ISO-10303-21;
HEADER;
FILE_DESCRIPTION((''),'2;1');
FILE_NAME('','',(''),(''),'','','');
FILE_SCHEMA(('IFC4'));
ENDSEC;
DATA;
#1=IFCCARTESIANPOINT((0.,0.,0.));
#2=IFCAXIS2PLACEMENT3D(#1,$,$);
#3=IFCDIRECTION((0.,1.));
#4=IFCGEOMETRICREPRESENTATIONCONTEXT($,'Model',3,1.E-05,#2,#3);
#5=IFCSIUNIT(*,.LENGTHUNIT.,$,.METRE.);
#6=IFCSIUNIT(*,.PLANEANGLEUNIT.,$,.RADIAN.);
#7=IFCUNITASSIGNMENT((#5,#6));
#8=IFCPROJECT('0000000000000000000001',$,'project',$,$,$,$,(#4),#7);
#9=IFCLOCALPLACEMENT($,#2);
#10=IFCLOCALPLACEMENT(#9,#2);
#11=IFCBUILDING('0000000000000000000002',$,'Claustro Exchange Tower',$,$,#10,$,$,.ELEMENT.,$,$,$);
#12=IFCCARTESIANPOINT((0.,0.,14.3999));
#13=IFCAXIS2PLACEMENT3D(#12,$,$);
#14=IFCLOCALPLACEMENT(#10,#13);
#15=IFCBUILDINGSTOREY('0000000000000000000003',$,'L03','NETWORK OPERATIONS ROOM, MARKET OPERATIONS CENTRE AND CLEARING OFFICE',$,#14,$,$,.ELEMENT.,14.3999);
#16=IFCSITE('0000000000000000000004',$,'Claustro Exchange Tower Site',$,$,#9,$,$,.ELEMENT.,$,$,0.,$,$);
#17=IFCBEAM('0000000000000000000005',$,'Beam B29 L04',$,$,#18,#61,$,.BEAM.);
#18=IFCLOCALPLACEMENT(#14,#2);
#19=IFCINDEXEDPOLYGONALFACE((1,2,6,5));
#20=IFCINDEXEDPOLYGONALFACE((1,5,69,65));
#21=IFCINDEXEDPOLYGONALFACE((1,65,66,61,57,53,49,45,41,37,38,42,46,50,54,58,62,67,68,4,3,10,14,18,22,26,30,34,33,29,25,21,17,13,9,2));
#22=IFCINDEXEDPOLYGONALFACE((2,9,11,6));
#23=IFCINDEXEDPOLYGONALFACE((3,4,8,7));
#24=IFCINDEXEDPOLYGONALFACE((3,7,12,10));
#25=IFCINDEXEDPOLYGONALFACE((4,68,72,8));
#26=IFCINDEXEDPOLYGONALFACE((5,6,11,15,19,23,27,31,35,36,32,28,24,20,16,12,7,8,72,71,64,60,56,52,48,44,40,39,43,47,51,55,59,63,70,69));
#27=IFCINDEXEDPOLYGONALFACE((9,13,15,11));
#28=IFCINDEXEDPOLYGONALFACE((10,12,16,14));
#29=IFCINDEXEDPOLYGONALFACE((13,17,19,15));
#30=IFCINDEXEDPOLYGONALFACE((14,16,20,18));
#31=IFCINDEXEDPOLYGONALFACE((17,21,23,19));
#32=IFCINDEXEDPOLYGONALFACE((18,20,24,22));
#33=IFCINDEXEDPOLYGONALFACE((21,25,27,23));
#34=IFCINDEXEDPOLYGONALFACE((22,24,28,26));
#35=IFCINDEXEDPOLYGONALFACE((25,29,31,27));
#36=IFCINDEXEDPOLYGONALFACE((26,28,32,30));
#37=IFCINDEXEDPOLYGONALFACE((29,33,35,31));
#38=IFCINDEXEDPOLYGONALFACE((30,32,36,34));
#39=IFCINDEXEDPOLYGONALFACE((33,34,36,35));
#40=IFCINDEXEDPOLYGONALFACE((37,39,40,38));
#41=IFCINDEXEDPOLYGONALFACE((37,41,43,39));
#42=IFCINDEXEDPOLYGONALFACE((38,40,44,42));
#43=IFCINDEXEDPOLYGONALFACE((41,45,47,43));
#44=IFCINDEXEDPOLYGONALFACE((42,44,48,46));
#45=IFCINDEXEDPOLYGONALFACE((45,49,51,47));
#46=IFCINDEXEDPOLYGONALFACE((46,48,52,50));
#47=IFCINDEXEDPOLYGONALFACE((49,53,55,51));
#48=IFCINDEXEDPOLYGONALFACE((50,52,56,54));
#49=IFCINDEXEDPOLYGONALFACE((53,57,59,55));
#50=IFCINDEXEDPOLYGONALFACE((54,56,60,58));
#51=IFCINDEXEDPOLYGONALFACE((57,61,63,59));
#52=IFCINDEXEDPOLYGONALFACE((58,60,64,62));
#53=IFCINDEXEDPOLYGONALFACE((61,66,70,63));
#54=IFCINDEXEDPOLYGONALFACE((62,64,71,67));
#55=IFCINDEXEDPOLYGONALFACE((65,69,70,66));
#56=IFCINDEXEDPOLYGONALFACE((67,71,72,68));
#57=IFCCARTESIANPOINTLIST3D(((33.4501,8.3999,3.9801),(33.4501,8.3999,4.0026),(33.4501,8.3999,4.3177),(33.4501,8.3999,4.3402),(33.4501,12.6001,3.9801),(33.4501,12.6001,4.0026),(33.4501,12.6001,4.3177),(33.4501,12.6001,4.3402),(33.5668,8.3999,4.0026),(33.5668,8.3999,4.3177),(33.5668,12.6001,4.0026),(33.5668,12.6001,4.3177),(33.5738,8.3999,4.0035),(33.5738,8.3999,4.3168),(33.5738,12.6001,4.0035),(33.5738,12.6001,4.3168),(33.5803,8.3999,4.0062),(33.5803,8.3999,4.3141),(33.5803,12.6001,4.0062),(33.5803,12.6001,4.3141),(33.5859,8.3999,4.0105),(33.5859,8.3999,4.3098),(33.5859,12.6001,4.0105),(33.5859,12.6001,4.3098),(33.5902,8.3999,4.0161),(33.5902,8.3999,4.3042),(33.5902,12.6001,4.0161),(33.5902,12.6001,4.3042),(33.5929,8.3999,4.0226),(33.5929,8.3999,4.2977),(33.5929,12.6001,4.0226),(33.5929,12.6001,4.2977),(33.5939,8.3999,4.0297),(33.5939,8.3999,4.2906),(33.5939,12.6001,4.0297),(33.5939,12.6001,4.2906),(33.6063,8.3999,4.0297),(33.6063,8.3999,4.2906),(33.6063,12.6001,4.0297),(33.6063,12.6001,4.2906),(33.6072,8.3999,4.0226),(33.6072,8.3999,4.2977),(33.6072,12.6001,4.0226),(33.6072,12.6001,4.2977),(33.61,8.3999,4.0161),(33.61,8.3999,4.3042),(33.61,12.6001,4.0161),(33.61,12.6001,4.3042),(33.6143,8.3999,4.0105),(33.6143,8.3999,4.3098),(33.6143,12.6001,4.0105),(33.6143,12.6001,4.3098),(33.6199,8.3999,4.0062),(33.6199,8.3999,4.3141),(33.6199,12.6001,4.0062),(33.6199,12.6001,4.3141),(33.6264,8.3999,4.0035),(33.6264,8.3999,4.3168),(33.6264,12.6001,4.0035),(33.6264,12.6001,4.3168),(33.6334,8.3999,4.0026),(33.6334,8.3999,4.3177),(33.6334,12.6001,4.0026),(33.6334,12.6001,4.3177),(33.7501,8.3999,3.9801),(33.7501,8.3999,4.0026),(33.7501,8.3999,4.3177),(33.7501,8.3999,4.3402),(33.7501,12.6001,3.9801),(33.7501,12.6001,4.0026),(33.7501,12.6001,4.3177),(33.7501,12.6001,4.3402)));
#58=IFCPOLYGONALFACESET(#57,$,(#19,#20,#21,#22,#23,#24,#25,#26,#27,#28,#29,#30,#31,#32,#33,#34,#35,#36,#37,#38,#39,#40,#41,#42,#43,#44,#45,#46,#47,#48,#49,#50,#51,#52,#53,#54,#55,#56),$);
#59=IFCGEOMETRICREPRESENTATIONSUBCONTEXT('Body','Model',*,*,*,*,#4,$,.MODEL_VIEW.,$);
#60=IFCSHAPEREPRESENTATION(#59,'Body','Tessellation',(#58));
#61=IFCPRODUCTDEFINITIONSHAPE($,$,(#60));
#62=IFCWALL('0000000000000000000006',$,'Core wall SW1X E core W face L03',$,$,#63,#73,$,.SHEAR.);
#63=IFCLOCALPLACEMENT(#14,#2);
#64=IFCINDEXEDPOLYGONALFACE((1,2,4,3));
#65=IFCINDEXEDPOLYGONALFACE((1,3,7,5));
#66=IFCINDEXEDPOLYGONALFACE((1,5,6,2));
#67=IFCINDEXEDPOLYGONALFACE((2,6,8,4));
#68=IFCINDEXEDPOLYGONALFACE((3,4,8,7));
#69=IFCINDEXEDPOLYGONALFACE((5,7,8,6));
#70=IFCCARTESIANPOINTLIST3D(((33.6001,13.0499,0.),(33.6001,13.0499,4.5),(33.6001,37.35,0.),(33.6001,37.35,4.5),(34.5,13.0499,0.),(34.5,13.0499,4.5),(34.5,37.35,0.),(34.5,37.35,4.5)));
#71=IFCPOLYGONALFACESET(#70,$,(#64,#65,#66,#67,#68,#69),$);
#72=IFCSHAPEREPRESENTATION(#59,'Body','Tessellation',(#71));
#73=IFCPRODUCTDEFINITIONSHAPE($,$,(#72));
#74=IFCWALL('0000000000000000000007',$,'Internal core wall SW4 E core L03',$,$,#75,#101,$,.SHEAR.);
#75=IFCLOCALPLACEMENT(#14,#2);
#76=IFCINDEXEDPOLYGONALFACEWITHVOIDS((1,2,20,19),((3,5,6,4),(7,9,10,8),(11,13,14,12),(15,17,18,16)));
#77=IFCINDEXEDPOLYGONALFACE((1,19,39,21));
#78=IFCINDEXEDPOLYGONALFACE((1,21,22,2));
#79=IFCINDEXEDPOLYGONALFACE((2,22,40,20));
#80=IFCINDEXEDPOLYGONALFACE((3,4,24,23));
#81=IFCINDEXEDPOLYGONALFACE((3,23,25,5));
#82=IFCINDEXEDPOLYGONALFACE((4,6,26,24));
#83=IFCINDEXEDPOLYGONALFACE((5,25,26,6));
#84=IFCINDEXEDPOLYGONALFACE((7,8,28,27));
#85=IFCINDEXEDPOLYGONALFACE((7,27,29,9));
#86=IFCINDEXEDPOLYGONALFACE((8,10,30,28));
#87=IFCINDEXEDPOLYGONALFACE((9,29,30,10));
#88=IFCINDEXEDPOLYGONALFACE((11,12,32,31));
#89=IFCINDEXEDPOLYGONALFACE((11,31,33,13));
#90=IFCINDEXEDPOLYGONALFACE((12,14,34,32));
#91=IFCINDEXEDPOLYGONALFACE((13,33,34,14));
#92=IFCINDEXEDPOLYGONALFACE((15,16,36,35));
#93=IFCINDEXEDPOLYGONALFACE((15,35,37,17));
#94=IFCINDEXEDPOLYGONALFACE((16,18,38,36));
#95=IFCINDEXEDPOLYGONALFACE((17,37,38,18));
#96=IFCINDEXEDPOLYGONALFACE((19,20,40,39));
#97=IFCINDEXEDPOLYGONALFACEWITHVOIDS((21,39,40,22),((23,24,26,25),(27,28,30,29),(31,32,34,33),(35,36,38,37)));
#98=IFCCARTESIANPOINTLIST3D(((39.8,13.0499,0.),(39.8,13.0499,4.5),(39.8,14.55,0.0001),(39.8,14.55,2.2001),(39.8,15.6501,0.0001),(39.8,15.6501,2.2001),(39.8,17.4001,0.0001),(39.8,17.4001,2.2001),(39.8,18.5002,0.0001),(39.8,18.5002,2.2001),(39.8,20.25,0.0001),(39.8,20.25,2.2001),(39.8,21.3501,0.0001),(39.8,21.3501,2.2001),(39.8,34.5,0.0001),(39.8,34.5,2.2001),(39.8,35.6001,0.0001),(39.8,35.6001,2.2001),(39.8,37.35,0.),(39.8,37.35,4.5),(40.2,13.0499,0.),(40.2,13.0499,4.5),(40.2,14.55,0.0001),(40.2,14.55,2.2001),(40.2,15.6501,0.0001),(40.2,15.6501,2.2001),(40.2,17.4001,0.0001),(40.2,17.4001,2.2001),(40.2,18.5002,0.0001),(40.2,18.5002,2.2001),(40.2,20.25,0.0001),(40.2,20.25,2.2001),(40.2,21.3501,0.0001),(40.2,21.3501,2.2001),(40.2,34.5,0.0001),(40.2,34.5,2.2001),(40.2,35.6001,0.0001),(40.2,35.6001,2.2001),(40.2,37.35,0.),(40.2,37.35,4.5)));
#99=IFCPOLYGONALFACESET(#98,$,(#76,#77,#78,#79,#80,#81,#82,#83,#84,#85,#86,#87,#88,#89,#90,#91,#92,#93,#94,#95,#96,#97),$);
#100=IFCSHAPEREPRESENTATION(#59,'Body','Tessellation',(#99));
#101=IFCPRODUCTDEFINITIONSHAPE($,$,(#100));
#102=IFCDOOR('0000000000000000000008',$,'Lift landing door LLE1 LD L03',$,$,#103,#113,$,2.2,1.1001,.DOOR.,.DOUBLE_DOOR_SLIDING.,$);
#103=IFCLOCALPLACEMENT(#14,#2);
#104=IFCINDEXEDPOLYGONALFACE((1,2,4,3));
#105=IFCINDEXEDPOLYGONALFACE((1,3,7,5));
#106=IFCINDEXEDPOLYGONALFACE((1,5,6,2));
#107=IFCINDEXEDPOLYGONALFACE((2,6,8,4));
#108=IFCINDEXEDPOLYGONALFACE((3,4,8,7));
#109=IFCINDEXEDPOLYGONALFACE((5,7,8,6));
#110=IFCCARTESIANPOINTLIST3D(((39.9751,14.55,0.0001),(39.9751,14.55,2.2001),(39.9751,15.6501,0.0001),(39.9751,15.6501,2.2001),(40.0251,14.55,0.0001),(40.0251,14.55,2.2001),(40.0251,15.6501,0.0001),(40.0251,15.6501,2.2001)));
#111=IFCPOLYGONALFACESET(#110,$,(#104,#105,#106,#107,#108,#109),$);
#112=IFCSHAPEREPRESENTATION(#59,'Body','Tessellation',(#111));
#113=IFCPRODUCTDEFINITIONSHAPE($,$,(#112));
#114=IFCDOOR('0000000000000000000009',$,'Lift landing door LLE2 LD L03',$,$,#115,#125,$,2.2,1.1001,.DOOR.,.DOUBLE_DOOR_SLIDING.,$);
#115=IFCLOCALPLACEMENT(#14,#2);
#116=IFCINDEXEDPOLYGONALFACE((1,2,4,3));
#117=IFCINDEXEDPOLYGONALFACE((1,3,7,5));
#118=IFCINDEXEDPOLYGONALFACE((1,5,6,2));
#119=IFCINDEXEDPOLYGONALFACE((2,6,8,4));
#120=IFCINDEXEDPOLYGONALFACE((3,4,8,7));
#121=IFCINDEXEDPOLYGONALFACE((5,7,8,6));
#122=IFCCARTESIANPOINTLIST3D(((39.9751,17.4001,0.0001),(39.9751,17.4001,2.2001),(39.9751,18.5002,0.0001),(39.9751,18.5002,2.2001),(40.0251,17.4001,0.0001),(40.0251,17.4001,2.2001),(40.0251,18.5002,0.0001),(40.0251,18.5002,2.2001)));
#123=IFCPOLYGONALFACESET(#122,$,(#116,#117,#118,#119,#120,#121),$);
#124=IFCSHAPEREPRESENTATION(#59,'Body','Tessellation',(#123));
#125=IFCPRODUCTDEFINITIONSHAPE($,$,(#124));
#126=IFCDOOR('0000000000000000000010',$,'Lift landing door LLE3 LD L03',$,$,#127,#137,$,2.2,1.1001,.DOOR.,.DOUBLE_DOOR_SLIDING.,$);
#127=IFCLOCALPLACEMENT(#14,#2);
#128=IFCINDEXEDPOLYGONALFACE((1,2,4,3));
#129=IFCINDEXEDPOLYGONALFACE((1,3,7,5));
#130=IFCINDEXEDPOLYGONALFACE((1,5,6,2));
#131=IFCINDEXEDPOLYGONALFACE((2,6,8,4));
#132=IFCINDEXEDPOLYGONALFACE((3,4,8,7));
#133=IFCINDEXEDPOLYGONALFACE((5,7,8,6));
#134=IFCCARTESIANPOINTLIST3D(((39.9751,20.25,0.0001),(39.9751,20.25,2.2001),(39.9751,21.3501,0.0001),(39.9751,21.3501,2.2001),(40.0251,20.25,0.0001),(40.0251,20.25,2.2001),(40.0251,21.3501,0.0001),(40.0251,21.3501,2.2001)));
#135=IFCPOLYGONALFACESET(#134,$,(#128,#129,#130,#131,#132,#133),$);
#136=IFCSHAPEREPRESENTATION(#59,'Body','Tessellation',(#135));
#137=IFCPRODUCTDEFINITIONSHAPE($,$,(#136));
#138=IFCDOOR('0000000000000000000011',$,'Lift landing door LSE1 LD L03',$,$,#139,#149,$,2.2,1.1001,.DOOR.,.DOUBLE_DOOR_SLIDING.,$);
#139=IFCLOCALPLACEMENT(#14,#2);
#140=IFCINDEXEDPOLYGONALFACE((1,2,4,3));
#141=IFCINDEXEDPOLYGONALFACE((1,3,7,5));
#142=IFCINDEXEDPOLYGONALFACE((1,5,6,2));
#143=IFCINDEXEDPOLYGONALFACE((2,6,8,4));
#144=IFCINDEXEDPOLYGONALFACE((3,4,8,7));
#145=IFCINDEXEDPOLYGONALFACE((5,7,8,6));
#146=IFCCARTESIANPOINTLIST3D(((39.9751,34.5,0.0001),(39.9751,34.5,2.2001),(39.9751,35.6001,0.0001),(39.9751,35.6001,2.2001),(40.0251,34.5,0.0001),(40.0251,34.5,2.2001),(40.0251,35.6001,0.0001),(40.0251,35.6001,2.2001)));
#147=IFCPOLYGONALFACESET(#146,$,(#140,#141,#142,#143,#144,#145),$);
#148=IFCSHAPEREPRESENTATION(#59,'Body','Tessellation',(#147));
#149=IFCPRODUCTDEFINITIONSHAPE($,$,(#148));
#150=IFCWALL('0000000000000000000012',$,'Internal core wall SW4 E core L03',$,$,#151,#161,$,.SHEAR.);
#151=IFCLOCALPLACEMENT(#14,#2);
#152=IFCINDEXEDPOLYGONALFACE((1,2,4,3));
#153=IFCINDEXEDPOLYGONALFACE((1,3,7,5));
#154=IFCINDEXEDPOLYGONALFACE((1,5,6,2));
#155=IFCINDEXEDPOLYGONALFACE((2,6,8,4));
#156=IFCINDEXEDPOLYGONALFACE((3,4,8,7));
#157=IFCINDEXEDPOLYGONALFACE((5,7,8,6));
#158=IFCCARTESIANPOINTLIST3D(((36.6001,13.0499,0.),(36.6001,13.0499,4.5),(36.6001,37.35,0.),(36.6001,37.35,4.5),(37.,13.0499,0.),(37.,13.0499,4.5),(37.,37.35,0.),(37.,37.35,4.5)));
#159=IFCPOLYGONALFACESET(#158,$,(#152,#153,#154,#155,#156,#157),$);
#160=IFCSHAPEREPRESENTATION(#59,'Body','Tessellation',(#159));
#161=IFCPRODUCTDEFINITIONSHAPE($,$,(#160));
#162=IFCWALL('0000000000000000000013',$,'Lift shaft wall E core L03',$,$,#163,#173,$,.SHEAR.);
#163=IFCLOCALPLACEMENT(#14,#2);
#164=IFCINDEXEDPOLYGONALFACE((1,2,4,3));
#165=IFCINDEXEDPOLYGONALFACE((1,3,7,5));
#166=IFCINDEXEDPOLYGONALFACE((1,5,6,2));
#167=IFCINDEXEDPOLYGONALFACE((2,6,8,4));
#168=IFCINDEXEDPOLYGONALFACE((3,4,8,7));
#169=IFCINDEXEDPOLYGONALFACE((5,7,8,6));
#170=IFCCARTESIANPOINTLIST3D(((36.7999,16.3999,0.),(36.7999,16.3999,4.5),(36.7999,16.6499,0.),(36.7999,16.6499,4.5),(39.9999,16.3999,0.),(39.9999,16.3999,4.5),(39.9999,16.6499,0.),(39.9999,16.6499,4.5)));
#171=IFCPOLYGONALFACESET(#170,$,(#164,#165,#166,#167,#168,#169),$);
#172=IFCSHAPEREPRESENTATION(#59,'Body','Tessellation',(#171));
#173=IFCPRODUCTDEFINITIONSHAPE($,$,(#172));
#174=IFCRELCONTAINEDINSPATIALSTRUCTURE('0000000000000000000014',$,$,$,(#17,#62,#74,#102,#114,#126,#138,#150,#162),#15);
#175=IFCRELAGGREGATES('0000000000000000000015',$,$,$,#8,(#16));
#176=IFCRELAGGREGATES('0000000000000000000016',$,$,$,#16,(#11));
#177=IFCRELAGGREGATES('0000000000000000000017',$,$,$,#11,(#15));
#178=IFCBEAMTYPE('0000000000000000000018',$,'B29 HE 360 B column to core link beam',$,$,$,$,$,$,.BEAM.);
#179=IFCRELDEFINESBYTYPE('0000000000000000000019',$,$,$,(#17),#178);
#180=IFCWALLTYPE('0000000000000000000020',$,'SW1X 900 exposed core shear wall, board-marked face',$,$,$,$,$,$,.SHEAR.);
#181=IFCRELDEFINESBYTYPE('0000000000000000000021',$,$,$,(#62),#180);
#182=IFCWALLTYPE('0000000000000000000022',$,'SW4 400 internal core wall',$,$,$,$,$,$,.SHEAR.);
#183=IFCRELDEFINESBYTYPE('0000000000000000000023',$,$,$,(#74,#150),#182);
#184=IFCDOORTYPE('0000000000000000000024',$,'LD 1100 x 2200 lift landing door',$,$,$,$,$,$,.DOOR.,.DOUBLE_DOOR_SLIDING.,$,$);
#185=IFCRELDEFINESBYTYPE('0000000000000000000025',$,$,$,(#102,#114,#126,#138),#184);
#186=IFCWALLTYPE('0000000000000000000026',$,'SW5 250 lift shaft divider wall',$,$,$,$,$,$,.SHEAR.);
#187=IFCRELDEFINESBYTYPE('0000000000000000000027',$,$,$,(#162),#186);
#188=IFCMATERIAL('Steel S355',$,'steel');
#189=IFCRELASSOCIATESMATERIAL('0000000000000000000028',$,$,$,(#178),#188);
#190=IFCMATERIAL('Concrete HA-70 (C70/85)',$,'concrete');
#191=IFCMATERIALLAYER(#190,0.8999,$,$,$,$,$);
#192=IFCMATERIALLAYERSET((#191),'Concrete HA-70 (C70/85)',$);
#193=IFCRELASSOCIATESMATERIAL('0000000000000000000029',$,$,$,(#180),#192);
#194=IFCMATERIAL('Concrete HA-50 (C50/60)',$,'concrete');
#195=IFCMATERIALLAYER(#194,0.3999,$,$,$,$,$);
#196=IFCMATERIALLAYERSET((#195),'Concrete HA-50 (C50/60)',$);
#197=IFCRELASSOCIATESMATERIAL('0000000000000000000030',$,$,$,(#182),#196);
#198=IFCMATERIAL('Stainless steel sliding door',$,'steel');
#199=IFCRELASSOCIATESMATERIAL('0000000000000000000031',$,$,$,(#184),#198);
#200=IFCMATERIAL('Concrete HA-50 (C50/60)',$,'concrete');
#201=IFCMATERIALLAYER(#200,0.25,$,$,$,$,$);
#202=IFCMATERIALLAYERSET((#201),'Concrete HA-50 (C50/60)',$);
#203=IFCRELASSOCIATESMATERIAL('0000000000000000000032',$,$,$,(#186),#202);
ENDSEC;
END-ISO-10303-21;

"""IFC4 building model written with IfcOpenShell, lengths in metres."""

from ifc_helpers import new_model, si_unit, direction, frame, frame_2d, origin, origin_2d, place, context, subcontext, project, spatial, rectangle, i_section, extrude, material, layer, layer_set, material_profile, profile_set, type_object, element, fill, save


model = new_model("IFC4")

# Units and contexts
model_context = context("Model", 3, precision=1e-05, world=origin(), true_north=direction((0.0, 1.0)))
body_context = subcontext(model_context, "Body", "Model", "MODEL_VIEW")
ifc_project = project(units=[si_unit("LENGTHUNIT", "METRE"), si_unit("PLANEANGLEUNIT", "RADIAN")], contexts=[model_context])

# Site, building, storey
site_placement = place(None, origin())
site = spatial("IfcSite", under=ifc_project, at=site_placement, Name="Claustro Exchange Tower Site", CompositionType="ELEMENT", RefElevation=0.0)
building_placement = place(site_placement, origin())
building = spatial("IfcBuilding", under=site, at=building_placement, Name="Claustro Exchange Tower", CompositionType="ELEMENT")
storey_placement = place(building_placement, frame((0.0, 0.0, 14.3999)))
storey = spatial("IfcBuildingStorey", under=building, at=storey_placement, Name="L03", Description="NETWORK OPERATIONS ROOM, MARKET OPERATIONS CENTRE AND CLEARING OFFICE", CompositionType="ELEMENT", Elevation=14.3999)

# Beam
ifc_material_1 = material(Name="Steel S355", Category="steel")
ifc_material_profile_1 = material_profile(ifc_material_1, i_section(OverallWidth=0.3, OverallDepth=0.3601, WebThickness=0.0125, FlangeThickness=0.0225, FilletRadius=0.0271, at=origin_2d()), Name="HE 360 B")
ifc_profile_set_1 = profile_set([ifc_material_profile_1], Name="Steel S355")
beam_type_1 = type_object("IfcBeamType", Name="B29 HE 360 B column to core link beam", PredefinedType="BEAM", material=ifc_profile_set_1)
beam_1_placement = place(storey_placement, frame((33.6001, 8.3999, 4.1602), z_axis=(0.0, 1.0, 0.0), x_axis=(-1.0, 0.0, 0.0)))
element("IfcBeam", 1, at=beam_1_placement, inside=storey, type_object=beam_type_1, Name="Beam B29 L04", PredefinedType="BEAM", context=body_context, shape_type="SweptSolid", body=[
    extrude(i_section(OverallWidth=0.3, OverallDepth=0.3601, WebThickness=0.0125, FlangeThickness=0.0225, FilletRadius=0.0271, at=origin_2d()), origin(), (0.0, 0.0, 1.0), 4.2002),
])

# Wall
ifc_material_2 = material(Name="Concrete HA-70 (C70/85)", Category="concrete")
ifc_layer_1 = layer(ifc_material_2, 0.8999)
ifc_layer_set_1 = layer_set([ifc_layer_1], Name="Concrete HA-70 (C70/85)")
wall_type_1 = type_object("IfcWallType", Name="SW1X 900 exposed core shear wall, board-marked face", PredefinedType="SHEAR", material=ifc_layer_set_1)
wall_1_placement = place(storey_placement, frame((34.05, 13.05, 0.0), z_axis=(0.0, 0.0, 1.0), x_axis=(0.0, 1.0, 0.0)))
element("IfcWall", 2, at=wall_1_placement, inside=storey, type_object=wall_type_1, Name="Core wall SW1X E core W face L03", PredefinedType="SHEAR", context=body_context, shape_type="SweptSolid", body=[
    extrude(rectangle(XDim=24.3, YDim=0.8999, at=frame_2d((12.1499, 0.0))), origin(), (0.0, 0.0, 1.0), 4.5),
])

# Wall, openings, doors
ifc_material_3 = material(Name="Concrete HA-50 (C50/60)", Category="concrete")
ifc_layer_2 = layer(ifc_material_3, 0.3999)
ifc_layer_set_2 = layer_set([ifc_layer_2], Name="Concrete HA-50 (C50/60)")
wall_type_2 = type_object("IfcWallType", Name="SW4 400 internal core wall", PredefinedType="SHEAR", material=ifc_layer_set_2)
wall_2_placement = place(storey_placement, frame((40.0, 13.05, 0.0), z_axis=(0.0, 0.0, 1.0), x_axis=(0.0, 1.0, 0.0)))
wall_2 = element("IfcWall", 3, at=wall_2_placement, inside=storey, type_object=wall_type_2, Name="Internal core wall SW4 E core L03", PredefinedType="SHEAR", context=body_context, shape_type="SweptSolid", body=[
    extrude(rectangle(XDim=24.3, YDim=0.3999, at=frame_2d((12.1499, 0.0))), origin(), (0.0, 0.0, 1.0), 4.5),
])
opening_1_placement = place(wall_2_placement, frame((1.5, 0.0, 0.0)))
opening_1 = element("IfcOpeningElement", 4, at=opening_1_placement, cuts=wall_2, PredefinedType="OPENING", context=body_context, shape_type="SweptSolid", body=[
    extrude(rectangle(XDim=1.1001, YDim=2.2, at=frame_2d((0.55, 1.1001))), frame((0.0, 0.21, 0.0), z_axis=(0.0, -1.0, 0.0), x_axis=(1.0, 0.0, 0.0)), (0.0, 0.0, 1.0), 0.4199),
])
opening_2_placement = place(wall_2_placement, frame((4.3501, 0.0, 0.0)))
opening_2 = element("IfcOpeningElement", 5, at=opening_2_placement, cuts=wall_2, PredefinedType="OPENING", context=body_context, shape_type="SweptSolid", body=[
    extrude(rectangle(XDim=1.1001, YDim=2.2, at=frame_2d((0.55, 1.1001))), frame((0.0, 0.21, 0.0), z_axis=(0.0, -1.0, 0.0), x_axis=(1.0, 0.0, 0.0)), (0.0, 0.0, 1.0), 0.4199),
])
opening_3_placement = place(wall_2_placement, frame((7.2, 0.0, 0.0)))
opening_3 = element("IfcOpeningElement", 6, at=opening_3_placement, cuts=wall_2, PredefinedType="OPENING", context=body_context, shape_type="SweptSolid", body=[
    extrude(rectangle(XDim=1.1001, YDim=2.2, at=frame_2d((0.55, 1.1001))), frame((0.0, 0.21, 0.0), z_axis=(0.0, -1.0, 0.0), x_axis=(1.0, 0.0, 0.0)), (0.0, 0.0, 1.0), 0.4199),
])
opening_4_placement = place(wall_2_placement, frame((21.45, 0.0, 0.0)))
opening_4 = element("IfcOpeningElement", 7, at=opening_4_placement, cuts=wall_2, PredefinedType="OPENING", context=body_context, shape_type="SweptSolid", body=[
    extrude(rectangle(XDim=1.1001, YDim=2.2, at=frame_2d((0.55, 1.1001))), frame((0.0, 0.21, 0.0), z_axis=(0.0, -1.0, 0.0), x_axis=(1.0, 0.0, 0.0)), (0.0, 0.0, 1.0), 0.4199),
])
ifc_material_4 = material(Name="Stainless steel sliding door", Category="steel")
door_type_1 = type_object("IfcDoorType", Name="LD 1100 x 2200 lift landing door", OperationType="DOUBLE_DOOR_SLIDING", PredefinedType="DOOR", material=ifc_material_4)
door_1_placement = place(opening_1_placement, origin())
door_1 = element("IfcDoor", 8, at=door_1_placement, inside=storey, type_object=door_type_1, Name="Lift landing door LLE1 LD L03", OperationType="DOUBLE_DOOR_SLIDING", OverallHeight=2.2, OverallWidth=1.1001, PredefinedType="DOOR", context=body_context, shape_type="SweptSolid", body=[
    extrude(rectangle(XDim=1.1001, YDim=2.2, at=frame_2d((0.55, 1.1001))), frame((0.0, 0.0249, 0.0), z_axis=(0.0, -1.0, 0.0), x_axis=(1.0, 0.0, 0.0)), (0.0, 0.0, 1.0), 0.05),
])
fill(opening_1, door_1)
door_2_placement = place(opening_2_placement, origin())
door_2 = element("IfcDoor", 9, at=door_2_placement, inside=storey, type_object=door_type_1, Name="Lift landing door LLE2 LD L03", OperationType="DOUBLE_DOOR_SLIDING", OverallHeight=2.2, OverallWidth=1.1001, PredefinedType="DOOR", context=body_context, shape_type="SweptSolid", body=[
    extrude(rectangle(XDim=1.1001, YDim=2.2, at=frame_2d((0.55, 1.1001))), frame((0.0, 0.0249, 0.0), z_axis=(0.0, -1.0, 0.0), x_axis=(1.0, 0.0, 0.0)), (0.0, 0.0, 1.0), 0.05),
])
fill(opening_2, door_2)
door_3_placement = place(opening_3_placement, origin())
door_3 = element("IfcDoor", 10, at=door_3_placement, inside=storey, type_object=door_type_1, Name="Lift landing door LLE3 LD L03", OperationType="DOUBLE_DOOR_SLIDING", OverallHeight=2.2, OverallWidth=1.1001, PredefinedType="DOOR", context=body_context, shape_type="SweptSolid", body=[
    extrude(rectangle(XDim=1.1001, YDim=2.2, at=frame_2d((0.55, 1.1001))), frame((0.0, 0.0249, 0.0), z_axis=(0.0, -1.0, 0.0), x_axis=(1.0, 0.0, 0.0)), (0.0, 0.0, 1.0), 0.05),
])
fill(opening_3, door_3)
door_4_placement = place(opening_4_placement, origin())
door_4 = element("IfcDoor", 11, at=door_4_placement, inside=storey, type_object=door_type_1, Name="Lift landing door LSE1 LD L03", OperationType="DOUBLE_DOOR_SLIDING", OverallHeight=2.2, OverallWidth=1.1001, PredefinedType="DOOR", context=body_context, shape_type="SweptSolid", body=[
    extrude(rectangle(XDim=1.1001, YDim=2.2, at=frame_2d((0.55, 1.1001))), frame((0.0, 0.0249, 0.0), z_axis=(0.0, -1.0, 0.0), x_axis=(1.0, 0.0, 0.0)), (0.0, 0.0, 1.0), 0.05),
])
fill(opening_4, door_4)

# Walls
wall_3_placement = place(storey_placement, frame((36.8, 13.05, 0.0), z_axis=(0.0, 0.0, 1.0), x_axis=(0.0, 1.0, 0.0)))
element("IfcWall", 12, at=wall_3_placement, inside=storey, type_object=wall_type_2, Name="Internal core wall SW4 E core L03", PredefinedType="SHEAR", context=body_context, shape_type="SweptSolid", body=[
    extrude(rectangle(XDim=24.3, YDim=0.3999, at=frame_2d((12.1499, 0.0))), origin(), (0.0, 0.0, 1.0), 4.5),
])
ifc_material_5 = material(Name="Concrete HA-50 (C50/60)", Category="concrete")
ifc_layer_3 = layer(ifc_material_5, 0.25)
ifc_layer_set_3 = layer_set([ifc_layer_3], Name="Concrete HA-50 (C50/60)")
wall_type_3 = type_object("IfcWallType", Name="SW5 250 lift shaft divider wall", PredefinedType="SHEAR", material=ifc_layer_set_3)
wall_4_placement = place(storey_placement, frame((40.0, 16.5249, 0.0), z_axis=(0.0, 0.0, 1.0), x_axis=(-1.0, 0.0, 0.0)))
element("IfcWall", 13, at=wall_4_placement, inside=storey, type_object=wall_type_3, Name="Lift shaft wall E core L03", PredefinedType="SHEAR", context=body_context, shape_type="SweptSolid", body=[
    extrude(rectangle(XDim=3.2, YDim=0.25, at=frame_2d((1.6001, 0.0))), origin(), (0.0, 0.0, 1.0), 4.5),
])

save(model, "model.ifc")
